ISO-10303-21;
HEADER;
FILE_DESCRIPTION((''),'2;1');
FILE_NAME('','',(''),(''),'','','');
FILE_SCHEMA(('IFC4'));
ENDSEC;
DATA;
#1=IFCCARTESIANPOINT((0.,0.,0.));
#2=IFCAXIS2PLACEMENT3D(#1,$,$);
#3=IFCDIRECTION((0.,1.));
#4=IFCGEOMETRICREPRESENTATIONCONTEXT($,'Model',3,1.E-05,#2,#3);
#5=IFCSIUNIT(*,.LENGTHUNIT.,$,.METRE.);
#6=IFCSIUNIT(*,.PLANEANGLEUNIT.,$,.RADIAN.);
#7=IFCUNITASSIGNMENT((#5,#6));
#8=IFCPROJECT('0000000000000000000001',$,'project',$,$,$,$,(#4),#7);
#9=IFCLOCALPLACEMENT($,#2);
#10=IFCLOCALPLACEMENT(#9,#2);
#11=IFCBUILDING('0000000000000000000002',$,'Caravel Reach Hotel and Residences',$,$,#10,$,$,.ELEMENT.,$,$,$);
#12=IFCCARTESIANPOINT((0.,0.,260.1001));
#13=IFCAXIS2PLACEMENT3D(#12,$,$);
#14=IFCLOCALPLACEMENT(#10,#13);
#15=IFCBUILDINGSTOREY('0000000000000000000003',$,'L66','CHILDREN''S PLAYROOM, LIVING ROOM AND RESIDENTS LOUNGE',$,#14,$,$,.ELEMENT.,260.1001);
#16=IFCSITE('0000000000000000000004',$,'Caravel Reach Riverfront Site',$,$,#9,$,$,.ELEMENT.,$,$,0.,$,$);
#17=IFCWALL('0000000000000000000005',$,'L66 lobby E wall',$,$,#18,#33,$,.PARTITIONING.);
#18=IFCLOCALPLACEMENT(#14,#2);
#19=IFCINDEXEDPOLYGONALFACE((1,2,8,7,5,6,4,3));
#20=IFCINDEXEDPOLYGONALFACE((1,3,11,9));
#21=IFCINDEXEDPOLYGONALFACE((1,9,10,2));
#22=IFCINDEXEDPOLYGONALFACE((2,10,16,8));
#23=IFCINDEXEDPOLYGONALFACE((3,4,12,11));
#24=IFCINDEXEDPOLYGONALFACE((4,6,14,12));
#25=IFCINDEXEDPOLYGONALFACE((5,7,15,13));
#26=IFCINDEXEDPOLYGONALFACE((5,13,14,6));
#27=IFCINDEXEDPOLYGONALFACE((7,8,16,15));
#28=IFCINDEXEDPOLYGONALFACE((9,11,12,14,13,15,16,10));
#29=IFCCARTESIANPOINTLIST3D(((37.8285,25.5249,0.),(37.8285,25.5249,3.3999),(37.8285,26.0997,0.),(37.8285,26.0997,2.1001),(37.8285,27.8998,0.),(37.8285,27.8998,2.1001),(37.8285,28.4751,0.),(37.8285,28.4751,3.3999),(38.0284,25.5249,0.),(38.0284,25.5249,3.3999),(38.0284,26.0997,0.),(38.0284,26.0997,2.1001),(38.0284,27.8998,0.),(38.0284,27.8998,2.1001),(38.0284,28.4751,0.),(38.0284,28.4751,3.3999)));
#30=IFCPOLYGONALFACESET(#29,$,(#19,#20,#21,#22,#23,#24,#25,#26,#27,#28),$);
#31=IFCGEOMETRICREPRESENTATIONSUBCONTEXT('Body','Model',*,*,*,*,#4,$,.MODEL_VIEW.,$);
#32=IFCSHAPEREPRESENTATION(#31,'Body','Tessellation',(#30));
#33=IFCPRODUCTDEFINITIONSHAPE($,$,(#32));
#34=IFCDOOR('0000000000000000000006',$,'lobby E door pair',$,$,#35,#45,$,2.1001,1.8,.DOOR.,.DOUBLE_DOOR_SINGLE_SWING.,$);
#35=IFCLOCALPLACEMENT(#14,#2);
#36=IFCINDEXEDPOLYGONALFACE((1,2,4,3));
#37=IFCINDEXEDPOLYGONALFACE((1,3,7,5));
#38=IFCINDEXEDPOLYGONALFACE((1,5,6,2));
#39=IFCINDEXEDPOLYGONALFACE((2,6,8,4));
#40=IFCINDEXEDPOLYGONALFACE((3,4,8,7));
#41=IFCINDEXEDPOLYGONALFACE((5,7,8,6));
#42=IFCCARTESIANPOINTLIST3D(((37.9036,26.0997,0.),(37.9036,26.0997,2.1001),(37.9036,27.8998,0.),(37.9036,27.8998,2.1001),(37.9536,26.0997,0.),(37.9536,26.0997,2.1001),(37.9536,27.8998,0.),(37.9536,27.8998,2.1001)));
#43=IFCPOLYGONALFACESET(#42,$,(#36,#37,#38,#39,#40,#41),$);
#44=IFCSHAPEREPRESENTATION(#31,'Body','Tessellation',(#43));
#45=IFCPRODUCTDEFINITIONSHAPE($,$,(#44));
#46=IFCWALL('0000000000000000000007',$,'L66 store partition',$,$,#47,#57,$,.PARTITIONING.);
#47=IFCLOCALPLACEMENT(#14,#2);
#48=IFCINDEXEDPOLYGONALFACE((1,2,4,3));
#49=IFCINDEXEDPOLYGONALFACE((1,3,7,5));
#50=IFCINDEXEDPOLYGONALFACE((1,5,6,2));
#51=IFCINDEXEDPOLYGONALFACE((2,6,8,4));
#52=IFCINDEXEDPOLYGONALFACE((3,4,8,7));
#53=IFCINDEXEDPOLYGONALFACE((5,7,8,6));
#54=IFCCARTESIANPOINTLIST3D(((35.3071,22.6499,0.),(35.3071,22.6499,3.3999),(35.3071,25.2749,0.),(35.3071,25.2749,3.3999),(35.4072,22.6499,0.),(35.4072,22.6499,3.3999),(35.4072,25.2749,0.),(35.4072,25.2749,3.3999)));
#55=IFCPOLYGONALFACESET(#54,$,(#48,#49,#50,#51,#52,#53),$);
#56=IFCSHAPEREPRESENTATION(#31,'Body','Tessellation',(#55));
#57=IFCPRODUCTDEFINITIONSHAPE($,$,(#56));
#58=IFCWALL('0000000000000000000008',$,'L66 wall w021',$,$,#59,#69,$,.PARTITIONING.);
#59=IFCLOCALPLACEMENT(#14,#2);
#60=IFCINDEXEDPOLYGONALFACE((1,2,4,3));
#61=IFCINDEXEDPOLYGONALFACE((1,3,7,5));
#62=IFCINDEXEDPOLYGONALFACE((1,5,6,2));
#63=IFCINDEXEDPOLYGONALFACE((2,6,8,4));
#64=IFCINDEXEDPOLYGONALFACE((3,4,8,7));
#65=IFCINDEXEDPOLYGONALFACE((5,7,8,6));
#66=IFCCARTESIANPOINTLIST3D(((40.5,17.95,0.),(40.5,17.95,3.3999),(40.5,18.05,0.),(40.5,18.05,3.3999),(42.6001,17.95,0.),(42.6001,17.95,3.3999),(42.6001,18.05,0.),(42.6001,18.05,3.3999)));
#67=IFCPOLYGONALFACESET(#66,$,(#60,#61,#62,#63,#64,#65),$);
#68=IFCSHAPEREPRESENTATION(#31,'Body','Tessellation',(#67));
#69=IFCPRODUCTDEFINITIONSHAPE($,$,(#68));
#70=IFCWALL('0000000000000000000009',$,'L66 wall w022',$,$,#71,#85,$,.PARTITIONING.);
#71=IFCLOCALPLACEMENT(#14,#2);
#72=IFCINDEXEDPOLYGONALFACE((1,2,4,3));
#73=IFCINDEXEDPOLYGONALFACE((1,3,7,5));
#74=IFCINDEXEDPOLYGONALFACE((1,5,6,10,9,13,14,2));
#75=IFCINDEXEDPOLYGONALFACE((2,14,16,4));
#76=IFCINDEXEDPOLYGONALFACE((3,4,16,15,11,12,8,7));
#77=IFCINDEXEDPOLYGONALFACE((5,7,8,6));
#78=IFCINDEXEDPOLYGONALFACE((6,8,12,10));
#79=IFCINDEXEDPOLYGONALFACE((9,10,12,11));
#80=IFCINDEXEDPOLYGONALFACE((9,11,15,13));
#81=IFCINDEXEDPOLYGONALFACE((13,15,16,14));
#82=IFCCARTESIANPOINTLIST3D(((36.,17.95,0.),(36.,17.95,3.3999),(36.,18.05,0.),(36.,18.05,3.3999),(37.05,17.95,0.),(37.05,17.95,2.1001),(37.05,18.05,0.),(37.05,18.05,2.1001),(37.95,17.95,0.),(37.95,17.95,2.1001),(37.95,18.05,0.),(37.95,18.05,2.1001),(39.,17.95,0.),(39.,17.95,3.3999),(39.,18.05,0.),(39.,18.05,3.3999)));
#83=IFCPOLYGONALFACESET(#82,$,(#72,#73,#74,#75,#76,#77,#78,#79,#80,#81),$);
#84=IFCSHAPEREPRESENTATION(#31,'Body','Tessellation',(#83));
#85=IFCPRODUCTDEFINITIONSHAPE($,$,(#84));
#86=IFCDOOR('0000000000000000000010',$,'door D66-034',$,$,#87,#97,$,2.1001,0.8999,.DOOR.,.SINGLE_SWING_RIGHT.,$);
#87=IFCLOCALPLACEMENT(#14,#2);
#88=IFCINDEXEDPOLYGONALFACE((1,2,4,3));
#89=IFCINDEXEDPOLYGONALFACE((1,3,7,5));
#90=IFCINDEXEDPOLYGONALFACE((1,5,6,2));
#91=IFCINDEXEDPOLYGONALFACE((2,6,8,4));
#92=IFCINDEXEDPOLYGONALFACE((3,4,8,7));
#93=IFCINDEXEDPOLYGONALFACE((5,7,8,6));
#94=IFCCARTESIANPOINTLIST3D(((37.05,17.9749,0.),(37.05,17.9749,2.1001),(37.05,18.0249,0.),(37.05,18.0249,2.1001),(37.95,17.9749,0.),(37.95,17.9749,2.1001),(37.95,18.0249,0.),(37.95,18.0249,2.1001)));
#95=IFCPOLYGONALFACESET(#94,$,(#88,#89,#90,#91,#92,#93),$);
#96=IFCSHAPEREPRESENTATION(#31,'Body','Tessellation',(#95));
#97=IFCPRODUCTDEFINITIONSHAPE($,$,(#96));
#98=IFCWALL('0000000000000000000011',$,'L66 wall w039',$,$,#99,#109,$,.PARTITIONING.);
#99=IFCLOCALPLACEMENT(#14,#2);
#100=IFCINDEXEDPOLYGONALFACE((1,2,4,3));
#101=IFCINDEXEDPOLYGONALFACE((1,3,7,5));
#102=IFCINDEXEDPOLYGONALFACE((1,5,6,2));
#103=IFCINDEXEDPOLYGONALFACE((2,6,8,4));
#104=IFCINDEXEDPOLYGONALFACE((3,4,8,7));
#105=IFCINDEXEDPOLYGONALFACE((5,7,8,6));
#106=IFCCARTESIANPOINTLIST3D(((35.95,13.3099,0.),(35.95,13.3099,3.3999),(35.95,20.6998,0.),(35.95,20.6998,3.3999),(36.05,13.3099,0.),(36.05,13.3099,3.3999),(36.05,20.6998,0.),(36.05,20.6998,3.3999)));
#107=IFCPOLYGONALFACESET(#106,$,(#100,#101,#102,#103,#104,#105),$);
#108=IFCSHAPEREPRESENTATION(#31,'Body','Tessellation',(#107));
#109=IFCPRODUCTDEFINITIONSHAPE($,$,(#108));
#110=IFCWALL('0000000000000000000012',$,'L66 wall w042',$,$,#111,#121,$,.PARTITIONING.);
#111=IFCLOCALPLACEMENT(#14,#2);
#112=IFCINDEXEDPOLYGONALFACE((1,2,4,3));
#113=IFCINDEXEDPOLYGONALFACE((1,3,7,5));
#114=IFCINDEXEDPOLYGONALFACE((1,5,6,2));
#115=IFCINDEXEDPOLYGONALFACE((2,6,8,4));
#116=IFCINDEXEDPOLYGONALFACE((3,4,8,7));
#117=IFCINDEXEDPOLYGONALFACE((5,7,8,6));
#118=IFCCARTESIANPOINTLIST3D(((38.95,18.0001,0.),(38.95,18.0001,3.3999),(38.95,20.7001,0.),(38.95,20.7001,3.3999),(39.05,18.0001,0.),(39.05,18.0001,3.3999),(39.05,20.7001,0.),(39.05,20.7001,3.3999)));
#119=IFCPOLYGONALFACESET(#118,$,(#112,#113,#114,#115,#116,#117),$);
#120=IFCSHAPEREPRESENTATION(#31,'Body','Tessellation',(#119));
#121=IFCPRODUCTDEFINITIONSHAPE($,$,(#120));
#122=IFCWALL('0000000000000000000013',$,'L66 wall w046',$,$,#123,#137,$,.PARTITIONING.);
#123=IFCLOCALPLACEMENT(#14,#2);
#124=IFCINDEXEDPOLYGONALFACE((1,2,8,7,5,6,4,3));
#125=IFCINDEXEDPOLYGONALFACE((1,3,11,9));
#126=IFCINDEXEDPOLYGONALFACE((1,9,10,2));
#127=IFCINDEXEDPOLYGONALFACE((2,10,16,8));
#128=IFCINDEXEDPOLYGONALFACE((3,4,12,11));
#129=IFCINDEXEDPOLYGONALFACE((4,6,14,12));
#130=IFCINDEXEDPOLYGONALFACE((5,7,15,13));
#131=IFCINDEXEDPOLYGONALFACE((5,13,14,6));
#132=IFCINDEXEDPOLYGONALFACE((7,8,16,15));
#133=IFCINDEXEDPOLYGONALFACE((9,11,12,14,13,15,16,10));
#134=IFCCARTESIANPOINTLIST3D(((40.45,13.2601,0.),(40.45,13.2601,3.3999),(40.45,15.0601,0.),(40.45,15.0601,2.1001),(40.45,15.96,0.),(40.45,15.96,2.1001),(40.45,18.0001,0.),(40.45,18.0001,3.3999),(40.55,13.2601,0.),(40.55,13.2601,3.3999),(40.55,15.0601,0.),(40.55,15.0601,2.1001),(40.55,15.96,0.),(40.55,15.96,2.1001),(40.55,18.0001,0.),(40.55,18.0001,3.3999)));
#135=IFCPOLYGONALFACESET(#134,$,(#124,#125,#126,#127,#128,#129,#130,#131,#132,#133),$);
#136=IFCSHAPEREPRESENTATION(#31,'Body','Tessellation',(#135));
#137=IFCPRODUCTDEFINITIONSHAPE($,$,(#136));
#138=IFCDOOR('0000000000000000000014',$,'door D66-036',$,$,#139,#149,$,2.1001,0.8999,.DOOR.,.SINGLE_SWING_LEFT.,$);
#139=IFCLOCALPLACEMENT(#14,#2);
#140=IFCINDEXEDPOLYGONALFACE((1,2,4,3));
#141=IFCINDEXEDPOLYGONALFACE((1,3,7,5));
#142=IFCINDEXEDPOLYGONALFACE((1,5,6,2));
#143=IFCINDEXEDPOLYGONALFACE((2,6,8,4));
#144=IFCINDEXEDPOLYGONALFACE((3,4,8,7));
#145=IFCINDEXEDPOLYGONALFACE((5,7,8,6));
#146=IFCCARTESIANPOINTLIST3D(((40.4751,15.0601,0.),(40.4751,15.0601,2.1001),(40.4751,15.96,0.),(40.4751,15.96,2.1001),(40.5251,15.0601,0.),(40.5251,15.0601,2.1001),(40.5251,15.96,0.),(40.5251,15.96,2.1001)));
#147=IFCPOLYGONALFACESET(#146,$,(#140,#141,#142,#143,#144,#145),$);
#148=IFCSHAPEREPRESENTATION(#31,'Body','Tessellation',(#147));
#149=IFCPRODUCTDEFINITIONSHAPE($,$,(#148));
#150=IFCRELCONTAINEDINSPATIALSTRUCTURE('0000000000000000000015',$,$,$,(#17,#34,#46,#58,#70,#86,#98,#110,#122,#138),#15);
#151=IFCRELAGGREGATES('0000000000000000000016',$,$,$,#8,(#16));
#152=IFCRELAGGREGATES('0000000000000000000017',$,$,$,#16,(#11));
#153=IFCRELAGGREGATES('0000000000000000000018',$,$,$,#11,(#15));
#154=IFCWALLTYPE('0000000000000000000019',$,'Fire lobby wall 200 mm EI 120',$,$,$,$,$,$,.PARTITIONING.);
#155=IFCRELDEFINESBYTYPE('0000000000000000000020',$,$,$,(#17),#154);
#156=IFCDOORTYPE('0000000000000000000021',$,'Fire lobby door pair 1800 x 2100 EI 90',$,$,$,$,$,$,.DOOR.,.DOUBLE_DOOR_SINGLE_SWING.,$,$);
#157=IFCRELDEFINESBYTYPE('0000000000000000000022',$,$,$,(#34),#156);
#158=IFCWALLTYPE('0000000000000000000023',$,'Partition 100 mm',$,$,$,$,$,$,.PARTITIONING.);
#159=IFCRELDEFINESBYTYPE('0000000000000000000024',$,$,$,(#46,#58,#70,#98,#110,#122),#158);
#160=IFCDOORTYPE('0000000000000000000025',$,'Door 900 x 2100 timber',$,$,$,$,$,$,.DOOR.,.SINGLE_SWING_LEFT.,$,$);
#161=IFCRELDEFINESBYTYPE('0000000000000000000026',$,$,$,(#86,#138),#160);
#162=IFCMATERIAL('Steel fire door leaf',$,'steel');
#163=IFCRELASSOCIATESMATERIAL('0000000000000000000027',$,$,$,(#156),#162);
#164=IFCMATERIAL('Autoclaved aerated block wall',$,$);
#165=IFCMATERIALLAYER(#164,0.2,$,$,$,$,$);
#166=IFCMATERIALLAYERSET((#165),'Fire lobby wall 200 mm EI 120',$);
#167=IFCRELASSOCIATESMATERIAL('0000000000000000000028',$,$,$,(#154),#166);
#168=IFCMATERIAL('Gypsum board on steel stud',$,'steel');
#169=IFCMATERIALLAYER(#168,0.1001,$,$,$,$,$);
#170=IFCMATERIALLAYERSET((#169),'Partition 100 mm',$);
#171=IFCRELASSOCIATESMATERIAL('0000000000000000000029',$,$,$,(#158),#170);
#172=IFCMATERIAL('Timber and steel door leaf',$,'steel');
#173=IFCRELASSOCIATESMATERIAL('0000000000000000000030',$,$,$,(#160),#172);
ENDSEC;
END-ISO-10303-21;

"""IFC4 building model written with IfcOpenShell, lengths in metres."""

from ifc_helpers import new_model, si_unit, direction, frame, frame_2d, origin, place, context, subcontext, project, spatial, rectangle, extrude, material, layer, layer_set, type_object, element, fill, save


model = new_model("IFC4")

# Units and contexts
model_context = context("Model", 3, precision=1e-05, world=origin(), true_north=direction((0.0, 1.0)))
body_context = subcontext(model_context, "Body", "Model", "MODEL_VIEW")
ifc_project = project(units=[si_unit("LENGTHUNIT", "METRE"), si_unit("PLANEANGLEUNIT", "RADIAN")], contexts=[model_context])

# Site, building, storey
site_placement = place(None, origin())
site = spatial("IfcSite", under=ifc_project, at=site_placement, Name="Caravel Reach Riverfront Site", CompositionType="ELEMENT", RefElevation=0.0)
building_placement = place(site_placement, origin())
building = spatial("IfcBuilding", under=site, at=building_placement, Name="Caravel Reach Hotel and Residences", CompositionType="ELEMENT")
storey_placement = place(building_placement, frame((0.0, 0.0, 260.1001)))
storey = spatial("IfcBuildingStorey", under=building, at=storey_placement, Name="L66", Description="CHILDREN'S PLAYROOM, LIVING ROOM AND RESIDENTS LOUNGE", CompositionType="ELEMENT", Elevation=260.1001)

# Shared definitions
ifc_material_1 = material(Name="Steel fire door leaf", Category="steel")
door_type_1 = type_object("IfcDoorType", Name="Fire lobby door pair 1800 x 2100 EI 90", OperationType="DOUBLE_DOOR_SINGLE_SWING", PredefinedType="DOOR", material=ifc_material_1)

# Wall, opening, door
ifc_material_2 = material(Name="Autoclaved aerated block wall")
ifc_layer_1 = layer(ifc_material_2, 0.2)
ifc_layer_set_1 = layer_set([ifc_layer_1], Name="Fire lobby wall 200 mm EI 120")
wall_type_1 = type_object("IfcWallType", Name="Fire lobby wall 200 mm EI 120", PredefinedType="PARTITIONING", material=ifc_layer_set_1)
wall_1_placement = place(storey_placement, frame((37.9285, 25.5249, 0.0), z_axis=(0.0, 0.0, 1.0), x_axis=(0.0, 1.0, 0.0)))
wall_1 = element("IfcWall", 1, at=wall_1_placement, inside=storey, type_object=wall_type_1, Name="L66 lobby E wall", PredefinedType="PARTITIONING", context=body_context, shape_type="SweptSolid", body=[
    extrude(rectangle(XDim=2.9502, YDim=0.2, at=frame_2d((1.4751, 0.0))), origin(), (0.0, 0.0, 1.0), 3.3999),
])
opening_1_placement = place(wall_1_placement, frame((0.575, 0.0, 0.0)))
opening_1 = element("IfcOpeningElement", 2, at=opening_1_placement, cuts=wall_1, PredefinedType="OPENING", context=body_context, shape_type="SweptSolid", body=[
    extrude(rectangle(XDim=1.8, YDim=2.1001, at=frame_2d((0.8999, 1.05))), frame((0.0, 0.1099, 0.0), z_axis=(0.0, -1.0, 0.0), x_axis=(1.0, 0.0, 0.0)), (0.0, 0.0, 1.0), 0.22),
])
door_1_placement = place(opening_1_placement, origin())
door_1 = element("IfcDoor", 3, at=door_1_placement, inside=storey, type_object=door_type_1, Name="lobby E door pair", OperationType="DOUBLE_DOOR_SINGLE_SWING", OverallHeight=2.1001, OverallWidth=1.8, PredefinedType="DOOR", context=body_context, shape_type="SweptSolid", body=[
    extrude(rectangle(XDim=1.8, YDim=2.1001, at=frame_2d((0.8999, 1.05))), frame((0.0, 0.0249, 0.0), z_axis=(0.0, -1.0, 0.0), x_axis=(1.0, 0.0, 0.0)), (0.0, 0.0, 1.0), 0.05),
])
fill(opening_1, door_1)

# Walls
ifc_material_3 = material(Name="Gypsum board on steel stud", Category="steel")
ifc_layer_2 = layer(ifc_material_3, 0.1001)
ifc_layer_set_2 = layer_set([ifc_layer_2], Name="Partition 100 mm")
wall_type_2 = type_object("IfcWallType", Name="Partition 100 mm", PredefinedType="PARTITIONING", material=ifc_layer_set_2)
wall_2_placement = place(storey_placement, frame((35.3572, 22.6499, 0.0), z_axis=(0.0, 0.0, 1.0), x_axis=(0.0, 1.0, 0.0)))
element("IfcWall", 4, at=wall_2_placement, inside=storey, type_object=wall_type_2, Name="L66 store partition", PredefinedType="PARTITIONING", context=body_context, shape_type="SweptSolid", body=[
    extrude(rectangle(XDim=2.625, YDim=0.1001, at=frame_2d((1.3125, 0.0))), origin(), (0.0, 0.0, 1.0), 3.3999),
])
wall_3_placement = place(storey_placement, frame((40.5, 18.0, 0.0), z_axis=(0.0, 0.0, 1.0), x_axis=(1.0, 0.0, 0.0)))
element("IfcWall", 5, at=wall_3_placement, inside=storey, type_object=wall_type_2, Name="L66 wall w021", PredefinedType="PARTITIONING", context=body_context, shape_type="SweptSolid", body=[
    extrude(rectangle(XDim=2.1001, YDim=0.1001, at=frame_2d((1.05, 0.0))), origin(), (0.0, 0.0, 1.0), 3.3999),
])

# Wall, opening, door
wall_4_placement = place(storey_placement, frame((36.0, 18.0, 0.0), z_axis=(0.0, 0.0, 1.0), x_axis=(1.0, 0.0, 0.0)))
wall_4 = element("IfcWall", 6, at=wall_4_placement, inside=storey, type_object=wall_type_2, Name="L66 wall w022", PredefinedType="PARTITIONING", context=body_context, shape_type="SweptSolid", body=[
    extrude(rectangle(XDim=3.0, YDim=0.1001, at=frame_2d((1.5, 0.0))), origin(), (0.0, 0.0, 1.0), 3.3999),
])
opening_2_placement = place(wall_4_placement, frame((1.05, 0.0, 0.0)))
opening_2 = element("IfcOpeningElement", 7, at=opening_2_placement, cuts=wall_4, PredefinedType="OPENING", context=body_context, shape_type="SweptSolid", body=[
    extrude(rectangle(XDim=0.8999, YDim=2.1001, at=frame_2d((0.45, 1.05))), frame((0.0, 0.0601, 0.0), z_axis=(0.0, -1.0, 0.0), x_axis=(1.0, 0.0, 0.0)), (0.0, 0.0, 1.0), 0.1201),
])
ifc_material_4 = material(Name="Timber and steel door leaf", Category="steel")
door_type_2 = type_object("IfcDoorType", Name="Door 900 x 2100 timber", OperationType="SINGLE_SWING_LEFT", PredefinedType="DOOR", material=ifc_material_4)
door_2_placement = place(opening_2_placement, origin())
door_2 = element("IfcDoor", 8, at=door_2_placement, inside=storey, type_object=door_type_2, Name="door D66-034", OperationType="SINGLE_SWING_RIGHT", OverallHeight=2.1001, OverallWidth=0.8999, PredefinedType="DOOR", context=body_context, shape_type="SweptSolid", body=[
    extrude(rectangle(XDim=0.8999, YDim=2.1001, at=frame_2d((0.45, 1.05))), frame((0.0, 0.0249, 0.0), z_axis=(0.0, -1.0, 0.0), x_axis=(1.0, 0.0, 0.0)), (0.0, 0.0, 1.0), 0.05),
])
fill(opening_2, door_2)

# Walls
wall_5_placement = place(storey_placement, frame((36.0, 13.3101, 0.0), z_axis=(0.0, 0.0, 1.0), x_axis=(0.0, 1.0, 0.0)))
element("IfcWall", 9, at=wall_5_placement, inside=storey, type_object=wall_type_2, Name="L66 wall w039", PredefinedType="PARTITIONING", context=body_context, shape_type="SweptSolid", body=[
    extrude(rectangle(XDim=7.3899, YDim=0.1001, at=frame_2d((3.6948, 0.0))), origin(), (0.0, 0.0, 1.0), 3.3999),
])
wall_6_placement = place(storey_placement, frame((39.0, 18.0, 0.0), z_axis=(0.0, 0.0, 1.0), x_axis=(0.0, 1.0, 0.0)))
element("IfcWall", 10, at=wall_6_placement, inside=storey, type_object=wall_type_2, Name="L66 wall w042", PredefinedType="PARTITIONING", context=body_context, shape_type="SweptSolid", body=[
    extrude(rectangle(XDim=2.7, YDim=0.1001, at=frame_2d((1.3501, 0.0))), origin(), (0.0, 0.0, 1.0), 3.3999),
])

# Wall, opening, door
wall_7_placement = place(storey_placement, frame((40.5, 13.26, 0.0), z_axis=(0.0, 0.0, 1.0), x_axis=(0.0, 1.0, 0.0)))
wall_7 = element("IfcWall", 11, at=wall_7_placement, inside=storey, type_object=wall_type_2, Name="L66 wall w046", PredefinedType="PARTITIONING", context=body_context, shape_type="SweptSolid", body=[
    extrude(rectangle(XDim=4.74, YDim=0.1001, at=frame_2d((2.3701, 0.0))), origin(), (0.0, 0.0, 1.0), 3.3999),
])
opening_3_placement = place(wall_7_placement, frame((1.8, 0.0, 0.0)))
opening_3 = element("IfcOpeningElement", 12, at=opening_3_placement, cuts=wall_7, PredefinedType="OPENING", context=body_context, shape_type="SweptSolid", body=[
    extrude(rectangle(XDim=0.8999, YDim=2.1001, at=frame_2d((0.45, 1.05))), frame((0.0, 0.0601, 0.0), z_axis=(0.0, -1.0, 0.0), x_axis=(1.0, 0.0, 0.0)), (0.0, 0.0, 1.0), 0.1201),
])
door_3_placement = place(opening_3_placement, origin())
door_3 = element("IfcDoor", 13, at=door_3_placement, inside=storey, type_object=door_type_2, Name="door D66-036", OperationType="SINGLE_SWING_LEFT", OverallHeight=2.1001, OverallWidth=0.8999, PredefinedType="DOOR", context=body_context, shape_type="SweptSolid", body=[
    extrude(rectangle(XDim=0.8999, YDim=2.1001, at=frame_2d((0.45, 1.05))), frame((0.0, 0.0249, 0.0), z_axis=(0.0, -1.0, 0.0), x_axis=(1.0, 0.0, 0.0)), (0.0, 0.0, 1.0), 0.05),
])
fill(opening_3, door_3)

save(model, "model.ifc")
